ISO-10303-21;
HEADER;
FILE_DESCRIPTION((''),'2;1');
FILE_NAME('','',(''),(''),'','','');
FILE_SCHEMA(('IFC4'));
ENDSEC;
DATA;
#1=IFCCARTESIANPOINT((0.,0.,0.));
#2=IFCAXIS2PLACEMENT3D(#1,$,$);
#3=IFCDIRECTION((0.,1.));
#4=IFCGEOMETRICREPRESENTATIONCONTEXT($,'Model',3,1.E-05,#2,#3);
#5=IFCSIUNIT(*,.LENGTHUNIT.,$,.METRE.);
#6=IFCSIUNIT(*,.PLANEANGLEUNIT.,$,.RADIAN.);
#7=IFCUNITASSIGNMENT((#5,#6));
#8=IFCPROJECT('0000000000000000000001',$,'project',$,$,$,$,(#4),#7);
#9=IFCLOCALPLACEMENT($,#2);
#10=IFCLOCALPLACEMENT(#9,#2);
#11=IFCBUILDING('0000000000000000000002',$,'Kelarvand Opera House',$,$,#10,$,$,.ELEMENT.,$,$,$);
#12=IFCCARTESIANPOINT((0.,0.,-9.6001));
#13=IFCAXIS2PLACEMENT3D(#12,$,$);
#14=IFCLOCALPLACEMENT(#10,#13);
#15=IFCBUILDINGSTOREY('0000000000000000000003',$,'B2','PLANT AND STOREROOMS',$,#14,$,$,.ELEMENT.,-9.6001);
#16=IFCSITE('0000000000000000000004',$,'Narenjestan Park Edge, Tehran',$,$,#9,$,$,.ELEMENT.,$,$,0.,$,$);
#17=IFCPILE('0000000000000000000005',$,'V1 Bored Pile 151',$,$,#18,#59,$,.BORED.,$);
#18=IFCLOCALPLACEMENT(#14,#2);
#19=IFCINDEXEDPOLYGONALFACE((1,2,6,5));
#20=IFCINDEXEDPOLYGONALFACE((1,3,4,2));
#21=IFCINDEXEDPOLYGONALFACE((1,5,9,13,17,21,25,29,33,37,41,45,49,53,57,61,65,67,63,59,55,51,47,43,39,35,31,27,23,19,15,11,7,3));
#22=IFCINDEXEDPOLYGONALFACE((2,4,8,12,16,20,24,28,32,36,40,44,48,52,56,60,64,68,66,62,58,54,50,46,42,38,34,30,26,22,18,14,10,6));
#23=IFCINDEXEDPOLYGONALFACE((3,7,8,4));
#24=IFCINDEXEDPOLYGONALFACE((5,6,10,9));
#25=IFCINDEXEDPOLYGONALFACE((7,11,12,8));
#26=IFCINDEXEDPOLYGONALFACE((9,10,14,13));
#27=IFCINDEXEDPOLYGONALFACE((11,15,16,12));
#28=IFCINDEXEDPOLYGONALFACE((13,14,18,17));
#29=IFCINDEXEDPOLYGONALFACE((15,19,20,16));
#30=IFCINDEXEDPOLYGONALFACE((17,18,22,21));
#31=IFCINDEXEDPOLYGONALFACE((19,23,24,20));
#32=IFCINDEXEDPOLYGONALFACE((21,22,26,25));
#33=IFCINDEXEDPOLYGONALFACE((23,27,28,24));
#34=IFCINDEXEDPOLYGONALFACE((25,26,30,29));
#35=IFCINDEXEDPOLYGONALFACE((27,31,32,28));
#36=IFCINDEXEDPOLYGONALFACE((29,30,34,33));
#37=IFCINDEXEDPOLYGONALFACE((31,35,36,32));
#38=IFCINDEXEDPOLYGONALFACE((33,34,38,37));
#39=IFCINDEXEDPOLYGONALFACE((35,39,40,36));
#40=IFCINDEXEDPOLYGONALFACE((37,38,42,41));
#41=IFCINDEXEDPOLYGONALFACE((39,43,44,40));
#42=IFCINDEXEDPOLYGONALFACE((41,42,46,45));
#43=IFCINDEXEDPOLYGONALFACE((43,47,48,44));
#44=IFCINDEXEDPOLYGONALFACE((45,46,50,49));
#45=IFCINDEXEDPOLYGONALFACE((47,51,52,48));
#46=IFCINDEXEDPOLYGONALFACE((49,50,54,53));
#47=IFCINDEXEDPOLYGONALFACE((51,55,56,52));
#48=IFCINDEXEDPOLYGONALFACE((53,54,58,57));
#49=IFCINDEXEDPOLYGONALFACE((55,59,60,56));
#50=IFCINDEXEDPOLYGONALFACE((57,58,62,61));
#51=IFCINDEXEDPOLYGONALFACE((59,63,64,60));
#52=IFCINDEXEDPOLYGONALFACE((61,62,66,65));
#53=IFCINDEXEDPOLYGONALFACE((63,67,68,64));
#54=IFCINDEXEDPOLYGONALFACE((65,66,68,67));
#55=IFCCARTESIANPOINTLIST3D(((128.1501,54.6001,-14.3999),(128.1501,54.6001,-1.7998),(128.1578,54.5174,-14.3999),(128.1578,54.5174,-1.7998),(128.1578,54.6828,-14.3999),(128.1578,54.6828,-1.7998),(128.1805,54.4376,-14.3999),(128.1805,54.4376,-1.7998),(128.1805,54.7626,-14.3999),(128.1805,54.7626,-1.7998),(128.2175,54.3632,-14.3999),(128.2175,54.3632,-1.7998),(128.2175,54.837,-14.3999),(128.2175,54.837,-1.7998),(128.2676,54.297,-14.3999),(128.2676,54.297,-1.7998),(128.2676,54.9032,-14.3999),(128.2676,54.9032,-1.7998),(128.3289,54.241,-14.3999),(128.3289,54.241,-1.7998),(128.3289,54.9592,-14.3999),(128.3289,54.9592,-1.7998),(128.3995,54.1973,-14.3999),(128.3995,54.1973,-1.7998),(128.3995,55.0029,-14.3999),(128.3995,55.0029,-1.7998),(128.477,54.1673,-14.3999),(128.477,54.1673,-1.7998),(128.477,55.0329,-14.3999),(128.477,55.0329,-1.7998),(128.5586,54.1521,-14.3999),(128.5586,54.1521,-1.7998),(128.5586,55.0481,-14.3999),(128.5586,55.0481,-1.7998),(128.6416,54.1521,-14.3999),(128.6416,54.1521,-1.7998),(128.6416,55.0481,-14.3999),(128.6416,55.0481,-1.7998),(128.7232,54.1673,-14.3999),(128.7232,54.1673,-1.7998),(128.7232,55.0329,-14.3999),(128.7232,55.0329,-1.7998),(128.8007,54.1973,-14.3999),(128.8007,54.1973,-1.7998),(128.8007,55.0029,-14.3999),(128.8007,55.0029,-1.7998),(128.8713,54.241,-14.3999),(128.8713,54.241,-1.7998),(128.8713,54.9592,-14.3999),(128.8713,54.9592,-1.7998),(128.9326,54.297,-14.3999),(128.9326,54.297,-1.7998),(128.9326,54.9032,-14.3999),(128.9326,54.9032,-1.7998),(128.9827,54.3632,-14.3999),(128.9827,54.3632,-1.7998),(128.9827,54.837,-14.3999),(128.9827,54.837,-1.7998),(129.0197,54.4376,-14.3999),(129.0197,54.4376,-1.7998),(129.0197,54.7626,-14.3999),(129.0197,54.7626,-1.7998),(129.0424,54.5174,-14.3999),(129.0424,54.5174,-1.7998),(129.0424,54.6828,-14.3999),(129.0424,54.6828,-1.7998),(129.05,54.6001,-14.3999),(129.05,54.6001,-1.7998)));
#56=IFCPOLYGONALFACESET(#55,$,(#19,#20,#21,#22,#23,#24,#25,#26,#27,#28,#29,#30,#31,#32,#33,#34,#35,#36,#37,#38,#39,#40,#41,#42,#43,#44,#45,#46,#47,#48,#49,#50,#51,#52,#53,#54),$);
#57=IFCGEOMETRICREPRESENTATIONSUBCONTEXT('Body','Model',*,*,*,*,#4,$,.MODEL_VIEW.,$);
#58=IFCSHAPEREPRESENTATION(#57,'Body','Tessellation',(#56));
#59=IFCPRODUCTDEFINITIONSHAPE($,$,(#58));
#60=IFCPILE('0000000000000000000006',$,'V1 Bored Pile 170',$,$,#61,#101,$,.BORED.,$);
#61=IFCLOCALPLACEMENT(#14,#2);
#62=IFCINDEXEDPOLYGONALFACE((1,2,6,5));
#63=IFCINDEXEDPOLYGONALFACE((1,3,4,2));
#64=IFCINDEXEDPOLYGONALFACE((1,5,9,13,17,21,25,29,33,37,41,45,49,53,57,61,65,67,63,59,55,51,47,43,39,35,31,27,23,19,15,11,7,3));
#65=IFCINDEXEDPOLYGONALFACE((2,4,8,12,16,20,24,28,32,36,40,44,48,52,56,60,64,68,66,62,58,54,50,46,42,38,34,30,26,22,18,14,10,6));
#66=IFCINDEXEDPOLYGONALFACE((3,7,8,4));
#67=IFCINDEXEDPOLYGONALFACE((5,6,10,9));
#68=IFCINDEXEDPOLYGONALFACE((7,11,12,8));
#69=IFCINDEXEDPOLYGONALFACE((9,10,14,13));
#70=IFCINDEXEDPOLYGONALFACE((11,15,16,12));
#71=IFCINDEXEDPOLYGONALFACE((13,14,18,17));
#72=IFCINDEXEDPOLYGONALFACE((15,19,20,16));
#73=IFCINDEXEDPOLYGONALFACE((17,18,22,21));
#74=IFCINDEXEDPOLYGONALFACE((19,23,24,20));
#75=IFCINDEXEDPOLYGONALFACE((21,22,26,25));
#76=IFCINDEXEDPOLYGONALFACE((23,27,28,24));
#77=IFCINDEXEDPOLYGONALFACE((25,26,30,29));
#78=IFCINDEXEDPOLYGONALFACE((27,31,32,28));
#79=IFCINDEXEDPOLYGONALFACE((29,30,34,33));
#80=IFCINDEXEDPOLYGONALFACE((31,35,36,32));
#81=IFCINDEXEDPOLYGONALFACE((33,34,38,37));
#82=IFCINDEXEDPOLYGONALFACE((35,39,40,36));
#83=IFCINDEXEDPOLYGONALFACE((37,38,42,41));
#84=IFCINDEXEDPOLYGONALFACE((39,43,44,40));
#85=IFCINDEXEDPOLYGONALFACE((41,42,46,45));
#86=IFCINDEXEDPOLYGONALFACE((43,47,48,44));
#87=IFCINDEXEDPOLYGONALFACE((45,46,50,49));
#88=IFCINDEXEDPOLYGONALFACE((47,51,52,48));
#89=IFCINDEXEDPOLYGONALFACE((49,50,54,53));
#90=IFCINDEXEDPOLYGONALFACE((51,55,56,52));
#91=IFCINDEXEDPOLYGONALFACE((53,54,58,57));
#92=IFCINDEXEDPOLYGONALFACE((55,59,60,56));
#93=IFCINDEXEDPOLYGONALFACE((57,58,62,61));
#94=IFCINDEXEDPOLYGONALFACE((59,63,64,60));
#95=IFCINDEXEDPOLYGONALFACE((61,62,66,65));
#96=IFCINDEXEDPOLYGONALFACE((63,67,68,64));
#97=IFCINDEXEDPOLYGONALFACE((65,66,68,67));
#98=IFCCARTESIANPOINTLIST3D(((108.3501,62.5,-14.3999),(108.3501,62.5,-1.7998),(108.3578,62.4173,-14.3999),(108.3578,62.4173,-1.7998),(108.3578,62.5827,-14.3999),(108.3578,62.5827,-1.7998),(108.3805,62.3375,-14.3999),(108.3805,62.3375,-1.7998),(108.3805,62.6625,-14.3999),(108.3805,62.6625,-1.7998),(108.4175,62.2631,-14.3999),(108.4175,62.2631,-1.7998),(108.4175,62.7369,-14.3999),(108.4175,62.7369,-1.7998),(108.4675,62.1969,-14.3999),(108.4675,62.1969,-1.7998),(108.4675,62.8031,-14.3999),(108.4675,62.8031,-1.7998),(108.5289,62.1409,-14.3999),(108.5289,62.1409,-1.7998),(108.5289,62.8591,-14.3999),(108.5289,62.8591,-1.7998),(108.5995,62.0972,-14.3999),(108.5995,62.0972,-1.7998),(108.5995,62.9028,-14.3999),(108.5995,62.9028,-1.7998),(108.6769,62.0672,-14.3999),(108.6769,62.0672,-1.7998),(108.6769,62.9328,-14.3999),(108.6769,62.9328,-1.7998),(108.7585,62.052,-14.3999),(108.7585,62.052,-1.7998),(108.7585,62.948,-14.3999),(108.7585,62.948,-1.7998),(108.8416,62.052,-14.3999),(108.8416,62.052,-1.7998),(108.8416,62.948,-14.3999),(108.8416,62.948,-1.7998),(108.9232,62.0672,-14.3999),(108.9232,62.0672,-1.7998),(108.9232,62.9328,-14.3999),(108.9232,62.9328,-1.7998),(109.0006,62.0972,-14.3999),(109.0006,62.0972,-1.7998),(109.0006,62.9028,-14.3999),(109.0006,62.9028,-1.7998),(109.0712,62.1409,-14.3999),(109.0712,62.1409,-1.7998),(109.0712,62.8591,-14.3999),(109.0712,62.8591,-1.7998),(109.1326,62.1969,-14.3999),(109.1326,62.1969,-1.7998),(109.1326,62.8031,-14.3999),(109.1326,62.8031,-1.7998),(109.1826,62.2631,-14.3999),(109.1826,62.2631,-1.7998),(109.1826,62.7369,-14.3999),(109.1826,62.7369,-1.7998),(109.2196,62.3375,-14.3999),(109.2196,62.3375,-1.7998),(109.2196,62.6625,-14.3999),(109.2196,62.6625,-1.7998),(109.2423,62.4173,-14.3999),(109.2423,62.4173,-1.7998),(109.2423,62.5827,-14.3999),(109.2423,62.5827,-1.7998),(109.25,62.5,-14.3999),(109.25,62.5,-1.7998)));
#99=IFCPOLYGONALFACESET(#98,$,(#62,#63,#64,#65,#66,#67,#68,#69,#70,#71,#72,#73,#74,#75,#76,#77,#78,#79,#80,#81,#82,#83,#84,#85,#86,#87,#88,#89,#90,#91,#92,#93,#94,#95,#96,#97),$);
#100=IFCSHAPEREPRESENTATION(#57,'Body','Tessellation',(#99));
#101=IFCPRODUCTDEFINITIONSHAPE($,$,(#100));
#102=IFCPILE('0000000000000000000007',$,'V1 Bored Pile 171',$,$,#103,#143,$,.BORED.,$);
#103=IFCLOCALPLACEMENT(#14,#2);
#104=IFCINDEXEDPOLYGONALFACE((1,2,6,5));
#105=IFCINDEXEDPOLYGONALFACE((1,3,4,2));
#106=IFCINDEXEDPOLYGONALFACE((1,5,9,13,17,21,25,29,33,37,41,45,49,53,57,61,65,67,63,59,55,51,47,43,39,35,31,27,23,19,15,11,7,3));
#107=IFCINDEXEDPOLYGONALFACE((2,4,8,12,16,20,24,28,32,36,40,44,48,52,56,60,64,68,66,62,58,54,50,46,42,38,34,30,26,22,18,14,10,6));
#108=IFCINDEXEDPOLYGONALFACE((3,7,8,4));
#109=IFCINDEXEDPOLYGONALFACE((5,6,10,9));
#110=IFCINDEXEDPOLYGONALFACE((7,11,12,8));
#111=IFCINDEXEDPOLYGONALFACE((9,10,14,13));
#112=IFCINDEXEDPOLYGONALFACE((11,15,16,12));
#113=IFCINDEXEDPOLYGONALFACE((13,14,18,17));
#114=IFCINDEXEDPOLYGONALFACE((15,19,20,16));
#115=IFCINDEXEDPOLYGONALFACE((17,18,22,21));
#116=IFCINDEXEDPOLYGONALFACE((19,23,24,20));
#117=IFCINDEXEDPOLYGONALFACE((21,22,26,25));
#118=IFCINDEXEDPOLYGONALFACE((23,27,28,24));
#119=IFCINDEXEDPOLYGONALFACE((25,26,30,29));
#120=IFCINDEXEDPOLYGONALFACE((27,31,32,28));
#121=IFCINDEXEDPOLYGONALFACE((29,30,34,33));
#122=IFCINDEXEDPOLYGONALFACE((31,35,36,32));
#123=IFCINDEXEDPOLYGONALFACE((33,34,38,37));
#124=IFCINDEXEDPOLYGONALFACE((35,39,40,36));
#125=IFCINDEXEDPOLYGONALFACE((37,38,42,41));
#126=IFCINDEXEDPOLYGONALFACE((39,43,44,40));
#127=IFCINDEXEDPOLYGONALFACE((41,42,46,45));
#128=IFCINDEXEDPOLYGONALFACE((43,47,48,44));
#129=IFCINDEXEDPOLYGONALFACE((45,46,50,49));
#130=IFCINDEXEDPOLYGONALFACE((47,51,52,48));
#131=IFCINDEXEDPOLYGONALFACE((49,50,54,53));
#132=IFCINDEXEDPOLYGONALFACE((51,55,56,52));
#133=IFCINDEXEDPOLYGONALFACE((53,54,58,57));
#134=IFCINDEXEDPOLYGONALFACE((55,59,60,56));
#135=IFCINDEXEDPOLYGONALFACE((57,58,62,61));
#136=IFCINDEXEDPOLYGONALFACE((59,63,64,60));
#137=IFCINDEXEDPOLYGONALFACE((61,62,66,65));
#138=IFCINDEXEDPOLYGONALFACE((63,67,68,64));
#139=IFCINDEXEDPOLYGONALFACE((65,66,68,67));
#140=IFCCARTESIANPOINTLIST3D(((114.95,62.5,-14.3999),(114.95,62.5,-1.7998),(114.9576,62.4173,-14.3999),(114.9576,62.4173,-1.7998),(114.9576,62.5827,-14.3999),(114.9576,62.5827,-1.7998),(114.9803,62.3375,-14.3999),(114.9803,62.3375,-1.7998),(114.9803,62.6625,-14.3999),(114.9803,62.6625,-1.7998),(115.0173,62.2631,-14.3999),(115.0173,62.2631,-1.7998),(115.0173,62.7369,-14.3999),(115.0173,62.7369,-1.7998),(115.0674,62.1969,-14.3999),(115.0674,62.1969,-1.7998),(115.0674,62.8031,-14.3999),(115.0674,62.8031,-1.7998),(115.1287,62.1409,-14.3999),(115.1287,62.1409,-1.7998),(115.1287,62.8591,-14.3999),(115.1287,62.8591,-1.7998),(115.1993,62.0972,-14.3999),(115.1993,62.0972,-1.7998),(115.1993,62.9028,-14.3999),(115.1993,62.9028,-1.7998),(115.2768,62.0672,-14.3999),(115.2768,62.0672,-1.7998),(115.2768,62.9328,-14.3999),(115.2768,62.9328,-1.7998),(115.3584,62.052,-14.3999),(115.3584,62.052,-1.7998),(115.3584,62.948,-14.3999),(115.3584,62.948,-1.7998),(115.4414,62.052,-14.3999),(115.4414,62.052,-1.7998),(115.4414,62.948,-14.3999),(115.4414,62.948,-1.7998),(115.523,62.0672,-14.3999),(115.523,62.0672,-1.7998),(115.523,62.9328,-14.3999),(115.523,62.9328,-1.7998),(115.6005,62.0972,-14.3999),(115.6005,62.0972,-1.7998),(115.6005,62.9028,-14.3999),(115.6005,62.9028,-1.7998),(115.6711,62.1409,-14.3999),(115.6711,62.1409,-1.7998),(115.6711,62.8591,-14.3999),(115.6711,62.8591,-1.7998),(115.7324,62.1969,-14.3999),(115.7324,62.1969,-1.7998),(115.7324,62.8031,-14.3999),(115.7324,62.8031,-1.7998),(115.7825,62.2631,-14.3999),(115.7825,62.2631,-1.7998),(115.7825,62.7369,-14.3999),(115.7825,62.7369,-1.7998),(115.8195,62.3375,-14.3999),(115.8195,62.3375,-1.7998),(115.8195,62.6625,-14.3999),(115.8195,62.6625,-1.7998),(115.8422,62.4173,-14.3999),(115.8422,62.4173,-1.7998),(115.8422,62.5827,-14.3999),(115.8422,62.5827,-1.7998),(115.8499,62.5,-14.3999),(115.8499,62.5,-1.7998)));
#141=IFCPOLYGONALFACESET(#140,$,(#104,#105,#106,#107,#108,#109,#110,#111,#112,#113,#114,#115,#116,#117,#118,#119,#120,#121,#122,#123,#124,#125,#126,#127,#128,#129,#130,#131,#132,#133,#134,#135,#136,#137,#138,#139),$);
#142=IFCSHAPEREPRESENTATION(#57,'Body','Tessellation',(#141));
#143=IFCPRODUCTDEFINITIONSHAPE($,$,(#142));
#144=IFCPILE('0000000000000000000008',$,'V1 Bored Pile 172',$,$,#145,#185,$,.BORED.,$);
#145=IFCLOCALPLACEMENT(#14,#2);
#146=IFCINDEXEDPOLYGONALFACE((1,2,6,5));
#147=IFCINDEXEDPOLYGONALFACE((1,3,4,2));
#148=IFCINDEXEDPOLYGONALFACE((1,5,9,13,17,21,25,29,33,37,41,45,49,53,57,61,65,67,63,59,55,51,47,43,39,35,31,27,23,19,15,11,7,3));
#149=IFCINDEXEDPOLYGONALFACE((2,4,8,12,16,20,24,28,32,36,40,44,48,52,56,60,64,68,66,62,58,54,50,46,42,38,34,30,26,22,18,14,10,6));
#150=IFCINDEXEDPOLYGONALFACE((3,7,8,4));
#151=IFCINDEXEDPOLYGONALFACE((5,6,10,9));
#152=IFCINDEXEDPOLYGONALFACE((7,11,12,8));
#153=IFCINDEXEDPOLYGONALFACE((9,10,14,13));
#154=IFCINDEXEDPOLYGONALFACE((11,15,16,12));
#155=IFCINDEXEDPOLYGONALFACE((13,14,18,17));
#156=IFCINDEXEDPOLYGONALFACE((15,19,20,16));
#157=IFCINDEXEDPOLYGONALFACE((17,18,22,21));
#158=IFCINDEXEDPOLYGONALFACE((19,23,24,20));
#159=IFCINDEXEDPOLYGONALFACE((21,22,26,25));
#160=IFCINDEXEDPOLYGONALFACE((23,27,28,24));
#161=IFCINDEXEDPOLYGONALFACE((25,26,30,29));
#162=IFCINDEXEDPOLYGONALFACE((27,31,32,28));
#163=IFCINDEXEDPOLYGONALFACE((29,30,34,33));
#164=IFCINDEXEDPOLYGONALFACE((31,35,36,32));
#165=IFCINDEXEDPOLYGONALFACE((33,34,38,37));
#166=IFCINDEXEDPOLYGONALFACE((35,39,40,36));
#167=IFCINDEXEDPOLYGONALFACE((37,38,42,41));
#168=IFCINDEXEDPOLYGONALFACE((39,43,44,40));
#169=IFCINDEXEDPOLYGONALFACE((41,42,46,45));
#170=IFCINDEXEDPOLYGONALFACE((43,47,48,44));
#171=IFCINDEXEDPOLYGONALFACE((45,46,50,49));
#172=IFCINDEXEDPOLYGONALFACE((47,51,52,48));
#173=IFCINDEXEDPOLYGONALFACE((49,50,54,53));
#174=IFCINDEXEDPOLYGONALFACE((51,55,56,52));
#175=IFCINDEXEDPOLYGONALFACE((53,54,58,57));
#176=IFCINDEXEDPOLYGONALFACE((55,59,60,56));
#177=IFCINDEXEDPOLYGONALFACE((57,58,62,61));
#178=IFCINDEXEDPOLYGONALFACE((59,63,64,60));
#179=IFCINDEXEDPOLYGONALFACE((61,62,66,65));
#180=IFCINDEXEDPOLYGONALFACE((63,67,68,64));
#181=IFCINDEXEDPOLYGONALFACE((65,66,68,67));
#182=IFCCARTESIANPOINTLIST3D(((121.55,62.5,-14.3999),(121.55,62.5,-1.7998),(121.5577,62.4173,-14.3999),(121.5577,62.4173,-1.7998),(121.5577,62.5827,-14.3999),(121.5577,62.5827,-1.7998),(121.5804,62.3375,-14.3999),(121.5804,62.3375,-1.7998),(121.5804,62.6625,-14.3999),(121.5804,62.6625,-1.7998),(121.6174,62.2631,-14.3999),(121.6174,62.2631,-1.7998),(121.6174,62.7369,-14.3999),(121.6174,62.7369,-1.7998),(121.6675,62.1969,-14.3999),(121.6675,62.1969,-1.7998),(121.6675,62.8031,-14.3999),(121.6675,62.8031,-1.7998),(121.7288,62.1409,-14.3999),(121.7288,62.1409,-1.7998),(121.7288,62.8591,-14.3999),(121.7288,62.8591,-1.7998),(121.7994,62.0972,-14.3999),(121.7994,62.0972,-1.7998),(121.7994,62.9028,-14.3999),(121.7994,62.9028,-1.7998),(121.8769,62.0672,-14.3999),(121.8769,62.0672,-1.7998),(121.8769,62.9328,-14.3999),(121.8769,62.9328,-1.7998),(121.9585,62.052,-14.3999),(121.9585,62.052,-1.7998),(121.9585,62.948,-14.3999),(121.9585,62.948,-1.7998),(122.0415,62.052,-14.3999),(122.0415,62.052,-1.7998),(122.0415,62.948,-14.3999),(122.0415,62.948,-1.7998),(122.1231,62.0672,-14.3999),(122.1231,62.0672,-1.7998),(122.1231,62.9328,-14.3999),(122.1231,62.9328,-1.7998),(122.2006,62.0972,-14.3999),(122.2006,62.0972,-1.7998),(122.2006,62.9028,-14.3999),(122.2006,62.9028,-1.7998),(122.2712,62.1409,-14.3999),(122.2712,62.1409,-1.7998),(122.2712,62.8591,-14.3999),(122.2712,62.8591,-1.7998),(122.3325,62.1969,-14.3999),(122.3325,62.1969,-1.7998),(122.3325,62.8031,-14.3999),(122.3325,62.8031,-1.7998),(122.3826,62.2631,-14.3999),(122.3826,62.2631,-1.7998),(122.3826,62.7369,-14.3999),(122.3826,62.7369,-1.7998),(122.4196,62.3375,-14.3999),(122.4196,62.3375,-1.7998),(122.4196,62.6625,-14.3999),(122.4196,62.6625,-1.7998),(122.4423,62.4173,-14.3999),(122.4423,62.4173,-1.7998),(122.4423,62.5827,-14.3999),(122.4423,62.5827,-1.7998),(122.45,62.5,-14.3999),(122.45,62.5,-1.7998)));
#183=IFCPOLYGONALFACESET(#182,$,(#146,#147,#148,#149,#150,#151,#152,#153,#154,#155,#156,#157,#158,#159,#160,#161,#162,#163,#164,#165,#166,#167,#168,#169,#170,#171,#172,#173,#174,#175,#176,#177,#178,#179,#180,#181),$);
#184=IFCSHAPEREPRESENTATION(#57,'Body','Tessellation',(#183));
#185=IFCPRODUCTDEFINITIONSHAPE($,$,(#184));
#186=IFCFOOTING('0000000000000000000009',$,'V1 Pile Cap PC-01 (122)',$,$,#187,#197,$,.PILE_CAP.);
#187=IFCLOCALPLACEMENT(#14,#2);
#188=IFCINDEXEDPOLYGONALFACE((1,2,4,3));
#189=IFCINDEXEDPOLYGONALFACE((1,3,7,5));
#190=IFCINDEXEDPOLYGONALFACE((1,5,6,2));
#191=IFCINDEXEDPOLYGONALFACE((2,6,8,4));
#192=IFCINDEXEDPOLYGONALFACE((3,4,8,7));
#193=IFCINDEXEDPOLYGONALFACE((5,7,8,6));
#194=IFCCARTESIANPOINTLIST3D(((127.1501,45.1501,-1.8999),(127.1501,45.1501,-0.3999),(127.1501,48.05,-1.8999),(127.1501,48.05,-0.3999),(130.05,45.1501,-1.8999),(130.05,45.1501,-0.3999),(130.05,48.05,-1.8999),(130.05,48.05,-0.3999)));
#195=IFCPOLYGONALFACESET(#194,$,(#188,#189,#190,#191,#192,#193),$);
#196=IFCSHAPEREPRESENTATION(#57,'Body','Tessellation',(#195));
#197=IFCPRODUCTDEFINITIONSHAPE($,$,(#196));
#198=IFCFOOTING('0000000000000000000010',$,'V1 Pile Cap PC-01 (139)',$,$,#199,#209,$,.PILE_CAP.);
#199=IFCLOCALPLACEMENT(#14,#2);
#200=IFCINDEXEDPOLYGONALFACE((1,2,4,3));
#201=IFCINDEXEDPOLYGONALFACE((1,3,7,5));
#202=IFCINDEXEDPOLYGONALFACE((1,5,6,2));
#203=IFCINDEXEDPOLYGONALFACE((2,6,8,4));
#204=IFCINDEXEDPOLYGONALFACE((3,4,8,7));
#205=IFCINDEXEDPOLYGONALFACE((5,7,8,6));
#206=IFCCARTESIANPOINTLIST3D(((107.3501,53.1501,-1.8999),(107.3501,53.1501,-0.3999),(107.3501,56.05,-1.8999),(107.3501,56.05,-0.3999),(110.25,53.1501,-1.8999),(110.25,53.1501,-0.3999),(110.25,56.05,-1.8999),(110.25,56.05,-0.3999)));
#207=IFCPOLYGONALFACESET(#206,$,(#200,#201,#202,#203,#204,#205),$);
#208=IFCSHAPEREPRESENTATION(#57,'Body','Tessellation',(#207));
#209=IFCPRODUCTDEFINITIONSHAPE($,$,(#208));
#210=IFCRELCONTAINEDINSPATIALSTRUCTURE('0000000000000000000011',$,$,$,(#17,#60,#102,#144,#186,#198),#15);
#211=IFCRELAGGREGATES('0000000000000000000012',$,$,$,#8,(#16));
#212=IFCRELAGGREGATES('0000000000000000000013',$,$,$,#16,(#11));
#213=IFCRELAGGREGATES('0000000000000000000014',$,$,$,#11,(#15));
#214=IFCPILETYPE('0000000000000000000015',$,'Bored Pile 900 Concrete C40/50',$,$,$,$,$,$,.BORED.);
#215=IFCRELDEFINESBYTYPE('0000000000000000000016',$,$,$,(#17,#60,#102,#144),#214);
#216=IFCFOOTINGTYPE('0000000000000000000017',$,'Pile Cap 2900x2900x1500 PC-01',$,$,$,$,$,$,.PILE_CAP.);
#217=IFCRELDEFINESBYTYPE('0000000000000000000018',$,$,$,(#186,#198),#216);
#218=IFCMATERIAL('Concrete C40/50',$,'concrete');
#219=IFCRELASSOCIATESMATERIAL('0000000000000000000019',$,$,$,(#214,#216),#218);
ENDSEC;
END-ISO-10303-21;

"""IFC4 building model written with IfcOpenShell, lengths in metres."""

from ifc_helpers import new_model, si_unit, direction, frame, origin, origin_2d, place, context, subcontext, project, spatial, rectangle, circle, extrude, material, material_profile, profile_set, type_object, element, save


model = new_model("IFC4")

# Units and contexts
model_context = context("Model", 3, precision=1e-05, world=origin(), true_north=direction((0.0, 1.0)))
body_context = subcontext(model_context, "Body", "Model", "MODEL_VIEW")
ifc_project = project(units=[si_unit("LENGTHUNIT", "METRE"), si_unit("PLANEANGLEUNIT", "RADIAN")], contexts=[model_context])

# Site, building, storey
site_placement = place(None, origin())
site = spatial("IfcSite", under=ifc_project, at=site_placement, Name="Narenjestan Park Edge, Tehran", CompositionType="ELEMENT", RefElevation=0.0)
building_placement = place(site_placement, origin())
building = spatial("IfcBuilding", under=site, at=building_placement, Name="Kelarvand Opera House", CompositionType="ELEMENT")
storey_placement = place(building_placement, frame((0.0, 0.0, -9.6001)))
storey = spatial("IfcBuildingStorey", under=building, at=storey_placement, Name="B2", Description="PLANT AND STOREROOMS", CompositionType="ELEMENT", Elevation=-9.6001)

# Piles
ifc_material_1 = material(Name="Concrete C40/50", Category="concrete")
ifc_material_profile_1 = material_profile(ifc_material_1, circle(Radius=0.45, at=origin_2d()), Name="BP 900", Category="concrete")
ifc_profile_set_1 = profile_set([ifc_material_profile_1], Name="Concrete C40/50")
pile_type = type_object("IfcPileType", Name="Bored Pile 900 Concrete C40/50", PredefinedType="BORED", material=ifc_profile_set_1)
for number, where, z_axis, x_axis, name in (
    (1, (128.6001, 54.6001, -1.7998), (0.0, 0.0, -1.0), (1.0, 0.0, 0.0), "V1 Bored Pile 151"),
    (2, (108.8, 62.5, -1.7998), (0.0, 0.0, -1.0), (1.0, 0.0, 0.0), "V1 Bored Pile 170"),
    (3, (115.3999, 62.5, -1.7998), (0.0, 0.0, -1.0), (1.0, 0.0, 0.0), "V1 Bored Pile 171"),
    (4, (122.0, 62.5, -1.7998), (0.0, 0.0, -1.0), (1.0, 0.0, 0.0), "V1 Bored Pile 172"),
):
    element("IfcPile", number, at=place(storey_placement, frame(where, z_axis=z_axis, x_axis=x_axis)), inside=storey, type_object=pile_type, Name=name, PredefinedType="BORED", context=body_context, shape_type="SweptSolid", body=[
        extrude(circle(Radius=0.45, at=origin_2d()), origin(), (0.0, 0.0, 1.0), 12.6001),
    ])

# Footings
footing_type = type_object("IfcFootingType", Name="Pile Cap 2900x2900x1500 PC-01", PredefinedType="PILE_CAP", material=ifc_material_1)
for number, where, z_axis, x_axis, name in (
    (5, (128.6001, 46.6001, -1.8999), (0.0, 0.0, 1.0), (1.0, 0.0, 0.0), "V1 Pile Cap PC-01 (122)"),
    (6, (108.8, 54.6001, -1.8999), (0.0, 0.0, 1.0), (1.0, 0.0, 0.0), "V1 Pile Cap PC-01 (139)"),
):
    element("IfcFooting", number, at=place(storey_placement, frame(where, z_axis=z_axis, x_axis=x_axis)), inside=storey, type_object=footing_type, Name=name, PredefinedType="PILE_CAP", context=body_context, shape_type="SweptSolid", body=[
        extrude(rectangle(XDim=2.8999, YDim=2.8999, at=origin_2d()), origin(), (0.0, 0.0, 1.0), 1.5),
    ])

save(model, "model.ifc")
